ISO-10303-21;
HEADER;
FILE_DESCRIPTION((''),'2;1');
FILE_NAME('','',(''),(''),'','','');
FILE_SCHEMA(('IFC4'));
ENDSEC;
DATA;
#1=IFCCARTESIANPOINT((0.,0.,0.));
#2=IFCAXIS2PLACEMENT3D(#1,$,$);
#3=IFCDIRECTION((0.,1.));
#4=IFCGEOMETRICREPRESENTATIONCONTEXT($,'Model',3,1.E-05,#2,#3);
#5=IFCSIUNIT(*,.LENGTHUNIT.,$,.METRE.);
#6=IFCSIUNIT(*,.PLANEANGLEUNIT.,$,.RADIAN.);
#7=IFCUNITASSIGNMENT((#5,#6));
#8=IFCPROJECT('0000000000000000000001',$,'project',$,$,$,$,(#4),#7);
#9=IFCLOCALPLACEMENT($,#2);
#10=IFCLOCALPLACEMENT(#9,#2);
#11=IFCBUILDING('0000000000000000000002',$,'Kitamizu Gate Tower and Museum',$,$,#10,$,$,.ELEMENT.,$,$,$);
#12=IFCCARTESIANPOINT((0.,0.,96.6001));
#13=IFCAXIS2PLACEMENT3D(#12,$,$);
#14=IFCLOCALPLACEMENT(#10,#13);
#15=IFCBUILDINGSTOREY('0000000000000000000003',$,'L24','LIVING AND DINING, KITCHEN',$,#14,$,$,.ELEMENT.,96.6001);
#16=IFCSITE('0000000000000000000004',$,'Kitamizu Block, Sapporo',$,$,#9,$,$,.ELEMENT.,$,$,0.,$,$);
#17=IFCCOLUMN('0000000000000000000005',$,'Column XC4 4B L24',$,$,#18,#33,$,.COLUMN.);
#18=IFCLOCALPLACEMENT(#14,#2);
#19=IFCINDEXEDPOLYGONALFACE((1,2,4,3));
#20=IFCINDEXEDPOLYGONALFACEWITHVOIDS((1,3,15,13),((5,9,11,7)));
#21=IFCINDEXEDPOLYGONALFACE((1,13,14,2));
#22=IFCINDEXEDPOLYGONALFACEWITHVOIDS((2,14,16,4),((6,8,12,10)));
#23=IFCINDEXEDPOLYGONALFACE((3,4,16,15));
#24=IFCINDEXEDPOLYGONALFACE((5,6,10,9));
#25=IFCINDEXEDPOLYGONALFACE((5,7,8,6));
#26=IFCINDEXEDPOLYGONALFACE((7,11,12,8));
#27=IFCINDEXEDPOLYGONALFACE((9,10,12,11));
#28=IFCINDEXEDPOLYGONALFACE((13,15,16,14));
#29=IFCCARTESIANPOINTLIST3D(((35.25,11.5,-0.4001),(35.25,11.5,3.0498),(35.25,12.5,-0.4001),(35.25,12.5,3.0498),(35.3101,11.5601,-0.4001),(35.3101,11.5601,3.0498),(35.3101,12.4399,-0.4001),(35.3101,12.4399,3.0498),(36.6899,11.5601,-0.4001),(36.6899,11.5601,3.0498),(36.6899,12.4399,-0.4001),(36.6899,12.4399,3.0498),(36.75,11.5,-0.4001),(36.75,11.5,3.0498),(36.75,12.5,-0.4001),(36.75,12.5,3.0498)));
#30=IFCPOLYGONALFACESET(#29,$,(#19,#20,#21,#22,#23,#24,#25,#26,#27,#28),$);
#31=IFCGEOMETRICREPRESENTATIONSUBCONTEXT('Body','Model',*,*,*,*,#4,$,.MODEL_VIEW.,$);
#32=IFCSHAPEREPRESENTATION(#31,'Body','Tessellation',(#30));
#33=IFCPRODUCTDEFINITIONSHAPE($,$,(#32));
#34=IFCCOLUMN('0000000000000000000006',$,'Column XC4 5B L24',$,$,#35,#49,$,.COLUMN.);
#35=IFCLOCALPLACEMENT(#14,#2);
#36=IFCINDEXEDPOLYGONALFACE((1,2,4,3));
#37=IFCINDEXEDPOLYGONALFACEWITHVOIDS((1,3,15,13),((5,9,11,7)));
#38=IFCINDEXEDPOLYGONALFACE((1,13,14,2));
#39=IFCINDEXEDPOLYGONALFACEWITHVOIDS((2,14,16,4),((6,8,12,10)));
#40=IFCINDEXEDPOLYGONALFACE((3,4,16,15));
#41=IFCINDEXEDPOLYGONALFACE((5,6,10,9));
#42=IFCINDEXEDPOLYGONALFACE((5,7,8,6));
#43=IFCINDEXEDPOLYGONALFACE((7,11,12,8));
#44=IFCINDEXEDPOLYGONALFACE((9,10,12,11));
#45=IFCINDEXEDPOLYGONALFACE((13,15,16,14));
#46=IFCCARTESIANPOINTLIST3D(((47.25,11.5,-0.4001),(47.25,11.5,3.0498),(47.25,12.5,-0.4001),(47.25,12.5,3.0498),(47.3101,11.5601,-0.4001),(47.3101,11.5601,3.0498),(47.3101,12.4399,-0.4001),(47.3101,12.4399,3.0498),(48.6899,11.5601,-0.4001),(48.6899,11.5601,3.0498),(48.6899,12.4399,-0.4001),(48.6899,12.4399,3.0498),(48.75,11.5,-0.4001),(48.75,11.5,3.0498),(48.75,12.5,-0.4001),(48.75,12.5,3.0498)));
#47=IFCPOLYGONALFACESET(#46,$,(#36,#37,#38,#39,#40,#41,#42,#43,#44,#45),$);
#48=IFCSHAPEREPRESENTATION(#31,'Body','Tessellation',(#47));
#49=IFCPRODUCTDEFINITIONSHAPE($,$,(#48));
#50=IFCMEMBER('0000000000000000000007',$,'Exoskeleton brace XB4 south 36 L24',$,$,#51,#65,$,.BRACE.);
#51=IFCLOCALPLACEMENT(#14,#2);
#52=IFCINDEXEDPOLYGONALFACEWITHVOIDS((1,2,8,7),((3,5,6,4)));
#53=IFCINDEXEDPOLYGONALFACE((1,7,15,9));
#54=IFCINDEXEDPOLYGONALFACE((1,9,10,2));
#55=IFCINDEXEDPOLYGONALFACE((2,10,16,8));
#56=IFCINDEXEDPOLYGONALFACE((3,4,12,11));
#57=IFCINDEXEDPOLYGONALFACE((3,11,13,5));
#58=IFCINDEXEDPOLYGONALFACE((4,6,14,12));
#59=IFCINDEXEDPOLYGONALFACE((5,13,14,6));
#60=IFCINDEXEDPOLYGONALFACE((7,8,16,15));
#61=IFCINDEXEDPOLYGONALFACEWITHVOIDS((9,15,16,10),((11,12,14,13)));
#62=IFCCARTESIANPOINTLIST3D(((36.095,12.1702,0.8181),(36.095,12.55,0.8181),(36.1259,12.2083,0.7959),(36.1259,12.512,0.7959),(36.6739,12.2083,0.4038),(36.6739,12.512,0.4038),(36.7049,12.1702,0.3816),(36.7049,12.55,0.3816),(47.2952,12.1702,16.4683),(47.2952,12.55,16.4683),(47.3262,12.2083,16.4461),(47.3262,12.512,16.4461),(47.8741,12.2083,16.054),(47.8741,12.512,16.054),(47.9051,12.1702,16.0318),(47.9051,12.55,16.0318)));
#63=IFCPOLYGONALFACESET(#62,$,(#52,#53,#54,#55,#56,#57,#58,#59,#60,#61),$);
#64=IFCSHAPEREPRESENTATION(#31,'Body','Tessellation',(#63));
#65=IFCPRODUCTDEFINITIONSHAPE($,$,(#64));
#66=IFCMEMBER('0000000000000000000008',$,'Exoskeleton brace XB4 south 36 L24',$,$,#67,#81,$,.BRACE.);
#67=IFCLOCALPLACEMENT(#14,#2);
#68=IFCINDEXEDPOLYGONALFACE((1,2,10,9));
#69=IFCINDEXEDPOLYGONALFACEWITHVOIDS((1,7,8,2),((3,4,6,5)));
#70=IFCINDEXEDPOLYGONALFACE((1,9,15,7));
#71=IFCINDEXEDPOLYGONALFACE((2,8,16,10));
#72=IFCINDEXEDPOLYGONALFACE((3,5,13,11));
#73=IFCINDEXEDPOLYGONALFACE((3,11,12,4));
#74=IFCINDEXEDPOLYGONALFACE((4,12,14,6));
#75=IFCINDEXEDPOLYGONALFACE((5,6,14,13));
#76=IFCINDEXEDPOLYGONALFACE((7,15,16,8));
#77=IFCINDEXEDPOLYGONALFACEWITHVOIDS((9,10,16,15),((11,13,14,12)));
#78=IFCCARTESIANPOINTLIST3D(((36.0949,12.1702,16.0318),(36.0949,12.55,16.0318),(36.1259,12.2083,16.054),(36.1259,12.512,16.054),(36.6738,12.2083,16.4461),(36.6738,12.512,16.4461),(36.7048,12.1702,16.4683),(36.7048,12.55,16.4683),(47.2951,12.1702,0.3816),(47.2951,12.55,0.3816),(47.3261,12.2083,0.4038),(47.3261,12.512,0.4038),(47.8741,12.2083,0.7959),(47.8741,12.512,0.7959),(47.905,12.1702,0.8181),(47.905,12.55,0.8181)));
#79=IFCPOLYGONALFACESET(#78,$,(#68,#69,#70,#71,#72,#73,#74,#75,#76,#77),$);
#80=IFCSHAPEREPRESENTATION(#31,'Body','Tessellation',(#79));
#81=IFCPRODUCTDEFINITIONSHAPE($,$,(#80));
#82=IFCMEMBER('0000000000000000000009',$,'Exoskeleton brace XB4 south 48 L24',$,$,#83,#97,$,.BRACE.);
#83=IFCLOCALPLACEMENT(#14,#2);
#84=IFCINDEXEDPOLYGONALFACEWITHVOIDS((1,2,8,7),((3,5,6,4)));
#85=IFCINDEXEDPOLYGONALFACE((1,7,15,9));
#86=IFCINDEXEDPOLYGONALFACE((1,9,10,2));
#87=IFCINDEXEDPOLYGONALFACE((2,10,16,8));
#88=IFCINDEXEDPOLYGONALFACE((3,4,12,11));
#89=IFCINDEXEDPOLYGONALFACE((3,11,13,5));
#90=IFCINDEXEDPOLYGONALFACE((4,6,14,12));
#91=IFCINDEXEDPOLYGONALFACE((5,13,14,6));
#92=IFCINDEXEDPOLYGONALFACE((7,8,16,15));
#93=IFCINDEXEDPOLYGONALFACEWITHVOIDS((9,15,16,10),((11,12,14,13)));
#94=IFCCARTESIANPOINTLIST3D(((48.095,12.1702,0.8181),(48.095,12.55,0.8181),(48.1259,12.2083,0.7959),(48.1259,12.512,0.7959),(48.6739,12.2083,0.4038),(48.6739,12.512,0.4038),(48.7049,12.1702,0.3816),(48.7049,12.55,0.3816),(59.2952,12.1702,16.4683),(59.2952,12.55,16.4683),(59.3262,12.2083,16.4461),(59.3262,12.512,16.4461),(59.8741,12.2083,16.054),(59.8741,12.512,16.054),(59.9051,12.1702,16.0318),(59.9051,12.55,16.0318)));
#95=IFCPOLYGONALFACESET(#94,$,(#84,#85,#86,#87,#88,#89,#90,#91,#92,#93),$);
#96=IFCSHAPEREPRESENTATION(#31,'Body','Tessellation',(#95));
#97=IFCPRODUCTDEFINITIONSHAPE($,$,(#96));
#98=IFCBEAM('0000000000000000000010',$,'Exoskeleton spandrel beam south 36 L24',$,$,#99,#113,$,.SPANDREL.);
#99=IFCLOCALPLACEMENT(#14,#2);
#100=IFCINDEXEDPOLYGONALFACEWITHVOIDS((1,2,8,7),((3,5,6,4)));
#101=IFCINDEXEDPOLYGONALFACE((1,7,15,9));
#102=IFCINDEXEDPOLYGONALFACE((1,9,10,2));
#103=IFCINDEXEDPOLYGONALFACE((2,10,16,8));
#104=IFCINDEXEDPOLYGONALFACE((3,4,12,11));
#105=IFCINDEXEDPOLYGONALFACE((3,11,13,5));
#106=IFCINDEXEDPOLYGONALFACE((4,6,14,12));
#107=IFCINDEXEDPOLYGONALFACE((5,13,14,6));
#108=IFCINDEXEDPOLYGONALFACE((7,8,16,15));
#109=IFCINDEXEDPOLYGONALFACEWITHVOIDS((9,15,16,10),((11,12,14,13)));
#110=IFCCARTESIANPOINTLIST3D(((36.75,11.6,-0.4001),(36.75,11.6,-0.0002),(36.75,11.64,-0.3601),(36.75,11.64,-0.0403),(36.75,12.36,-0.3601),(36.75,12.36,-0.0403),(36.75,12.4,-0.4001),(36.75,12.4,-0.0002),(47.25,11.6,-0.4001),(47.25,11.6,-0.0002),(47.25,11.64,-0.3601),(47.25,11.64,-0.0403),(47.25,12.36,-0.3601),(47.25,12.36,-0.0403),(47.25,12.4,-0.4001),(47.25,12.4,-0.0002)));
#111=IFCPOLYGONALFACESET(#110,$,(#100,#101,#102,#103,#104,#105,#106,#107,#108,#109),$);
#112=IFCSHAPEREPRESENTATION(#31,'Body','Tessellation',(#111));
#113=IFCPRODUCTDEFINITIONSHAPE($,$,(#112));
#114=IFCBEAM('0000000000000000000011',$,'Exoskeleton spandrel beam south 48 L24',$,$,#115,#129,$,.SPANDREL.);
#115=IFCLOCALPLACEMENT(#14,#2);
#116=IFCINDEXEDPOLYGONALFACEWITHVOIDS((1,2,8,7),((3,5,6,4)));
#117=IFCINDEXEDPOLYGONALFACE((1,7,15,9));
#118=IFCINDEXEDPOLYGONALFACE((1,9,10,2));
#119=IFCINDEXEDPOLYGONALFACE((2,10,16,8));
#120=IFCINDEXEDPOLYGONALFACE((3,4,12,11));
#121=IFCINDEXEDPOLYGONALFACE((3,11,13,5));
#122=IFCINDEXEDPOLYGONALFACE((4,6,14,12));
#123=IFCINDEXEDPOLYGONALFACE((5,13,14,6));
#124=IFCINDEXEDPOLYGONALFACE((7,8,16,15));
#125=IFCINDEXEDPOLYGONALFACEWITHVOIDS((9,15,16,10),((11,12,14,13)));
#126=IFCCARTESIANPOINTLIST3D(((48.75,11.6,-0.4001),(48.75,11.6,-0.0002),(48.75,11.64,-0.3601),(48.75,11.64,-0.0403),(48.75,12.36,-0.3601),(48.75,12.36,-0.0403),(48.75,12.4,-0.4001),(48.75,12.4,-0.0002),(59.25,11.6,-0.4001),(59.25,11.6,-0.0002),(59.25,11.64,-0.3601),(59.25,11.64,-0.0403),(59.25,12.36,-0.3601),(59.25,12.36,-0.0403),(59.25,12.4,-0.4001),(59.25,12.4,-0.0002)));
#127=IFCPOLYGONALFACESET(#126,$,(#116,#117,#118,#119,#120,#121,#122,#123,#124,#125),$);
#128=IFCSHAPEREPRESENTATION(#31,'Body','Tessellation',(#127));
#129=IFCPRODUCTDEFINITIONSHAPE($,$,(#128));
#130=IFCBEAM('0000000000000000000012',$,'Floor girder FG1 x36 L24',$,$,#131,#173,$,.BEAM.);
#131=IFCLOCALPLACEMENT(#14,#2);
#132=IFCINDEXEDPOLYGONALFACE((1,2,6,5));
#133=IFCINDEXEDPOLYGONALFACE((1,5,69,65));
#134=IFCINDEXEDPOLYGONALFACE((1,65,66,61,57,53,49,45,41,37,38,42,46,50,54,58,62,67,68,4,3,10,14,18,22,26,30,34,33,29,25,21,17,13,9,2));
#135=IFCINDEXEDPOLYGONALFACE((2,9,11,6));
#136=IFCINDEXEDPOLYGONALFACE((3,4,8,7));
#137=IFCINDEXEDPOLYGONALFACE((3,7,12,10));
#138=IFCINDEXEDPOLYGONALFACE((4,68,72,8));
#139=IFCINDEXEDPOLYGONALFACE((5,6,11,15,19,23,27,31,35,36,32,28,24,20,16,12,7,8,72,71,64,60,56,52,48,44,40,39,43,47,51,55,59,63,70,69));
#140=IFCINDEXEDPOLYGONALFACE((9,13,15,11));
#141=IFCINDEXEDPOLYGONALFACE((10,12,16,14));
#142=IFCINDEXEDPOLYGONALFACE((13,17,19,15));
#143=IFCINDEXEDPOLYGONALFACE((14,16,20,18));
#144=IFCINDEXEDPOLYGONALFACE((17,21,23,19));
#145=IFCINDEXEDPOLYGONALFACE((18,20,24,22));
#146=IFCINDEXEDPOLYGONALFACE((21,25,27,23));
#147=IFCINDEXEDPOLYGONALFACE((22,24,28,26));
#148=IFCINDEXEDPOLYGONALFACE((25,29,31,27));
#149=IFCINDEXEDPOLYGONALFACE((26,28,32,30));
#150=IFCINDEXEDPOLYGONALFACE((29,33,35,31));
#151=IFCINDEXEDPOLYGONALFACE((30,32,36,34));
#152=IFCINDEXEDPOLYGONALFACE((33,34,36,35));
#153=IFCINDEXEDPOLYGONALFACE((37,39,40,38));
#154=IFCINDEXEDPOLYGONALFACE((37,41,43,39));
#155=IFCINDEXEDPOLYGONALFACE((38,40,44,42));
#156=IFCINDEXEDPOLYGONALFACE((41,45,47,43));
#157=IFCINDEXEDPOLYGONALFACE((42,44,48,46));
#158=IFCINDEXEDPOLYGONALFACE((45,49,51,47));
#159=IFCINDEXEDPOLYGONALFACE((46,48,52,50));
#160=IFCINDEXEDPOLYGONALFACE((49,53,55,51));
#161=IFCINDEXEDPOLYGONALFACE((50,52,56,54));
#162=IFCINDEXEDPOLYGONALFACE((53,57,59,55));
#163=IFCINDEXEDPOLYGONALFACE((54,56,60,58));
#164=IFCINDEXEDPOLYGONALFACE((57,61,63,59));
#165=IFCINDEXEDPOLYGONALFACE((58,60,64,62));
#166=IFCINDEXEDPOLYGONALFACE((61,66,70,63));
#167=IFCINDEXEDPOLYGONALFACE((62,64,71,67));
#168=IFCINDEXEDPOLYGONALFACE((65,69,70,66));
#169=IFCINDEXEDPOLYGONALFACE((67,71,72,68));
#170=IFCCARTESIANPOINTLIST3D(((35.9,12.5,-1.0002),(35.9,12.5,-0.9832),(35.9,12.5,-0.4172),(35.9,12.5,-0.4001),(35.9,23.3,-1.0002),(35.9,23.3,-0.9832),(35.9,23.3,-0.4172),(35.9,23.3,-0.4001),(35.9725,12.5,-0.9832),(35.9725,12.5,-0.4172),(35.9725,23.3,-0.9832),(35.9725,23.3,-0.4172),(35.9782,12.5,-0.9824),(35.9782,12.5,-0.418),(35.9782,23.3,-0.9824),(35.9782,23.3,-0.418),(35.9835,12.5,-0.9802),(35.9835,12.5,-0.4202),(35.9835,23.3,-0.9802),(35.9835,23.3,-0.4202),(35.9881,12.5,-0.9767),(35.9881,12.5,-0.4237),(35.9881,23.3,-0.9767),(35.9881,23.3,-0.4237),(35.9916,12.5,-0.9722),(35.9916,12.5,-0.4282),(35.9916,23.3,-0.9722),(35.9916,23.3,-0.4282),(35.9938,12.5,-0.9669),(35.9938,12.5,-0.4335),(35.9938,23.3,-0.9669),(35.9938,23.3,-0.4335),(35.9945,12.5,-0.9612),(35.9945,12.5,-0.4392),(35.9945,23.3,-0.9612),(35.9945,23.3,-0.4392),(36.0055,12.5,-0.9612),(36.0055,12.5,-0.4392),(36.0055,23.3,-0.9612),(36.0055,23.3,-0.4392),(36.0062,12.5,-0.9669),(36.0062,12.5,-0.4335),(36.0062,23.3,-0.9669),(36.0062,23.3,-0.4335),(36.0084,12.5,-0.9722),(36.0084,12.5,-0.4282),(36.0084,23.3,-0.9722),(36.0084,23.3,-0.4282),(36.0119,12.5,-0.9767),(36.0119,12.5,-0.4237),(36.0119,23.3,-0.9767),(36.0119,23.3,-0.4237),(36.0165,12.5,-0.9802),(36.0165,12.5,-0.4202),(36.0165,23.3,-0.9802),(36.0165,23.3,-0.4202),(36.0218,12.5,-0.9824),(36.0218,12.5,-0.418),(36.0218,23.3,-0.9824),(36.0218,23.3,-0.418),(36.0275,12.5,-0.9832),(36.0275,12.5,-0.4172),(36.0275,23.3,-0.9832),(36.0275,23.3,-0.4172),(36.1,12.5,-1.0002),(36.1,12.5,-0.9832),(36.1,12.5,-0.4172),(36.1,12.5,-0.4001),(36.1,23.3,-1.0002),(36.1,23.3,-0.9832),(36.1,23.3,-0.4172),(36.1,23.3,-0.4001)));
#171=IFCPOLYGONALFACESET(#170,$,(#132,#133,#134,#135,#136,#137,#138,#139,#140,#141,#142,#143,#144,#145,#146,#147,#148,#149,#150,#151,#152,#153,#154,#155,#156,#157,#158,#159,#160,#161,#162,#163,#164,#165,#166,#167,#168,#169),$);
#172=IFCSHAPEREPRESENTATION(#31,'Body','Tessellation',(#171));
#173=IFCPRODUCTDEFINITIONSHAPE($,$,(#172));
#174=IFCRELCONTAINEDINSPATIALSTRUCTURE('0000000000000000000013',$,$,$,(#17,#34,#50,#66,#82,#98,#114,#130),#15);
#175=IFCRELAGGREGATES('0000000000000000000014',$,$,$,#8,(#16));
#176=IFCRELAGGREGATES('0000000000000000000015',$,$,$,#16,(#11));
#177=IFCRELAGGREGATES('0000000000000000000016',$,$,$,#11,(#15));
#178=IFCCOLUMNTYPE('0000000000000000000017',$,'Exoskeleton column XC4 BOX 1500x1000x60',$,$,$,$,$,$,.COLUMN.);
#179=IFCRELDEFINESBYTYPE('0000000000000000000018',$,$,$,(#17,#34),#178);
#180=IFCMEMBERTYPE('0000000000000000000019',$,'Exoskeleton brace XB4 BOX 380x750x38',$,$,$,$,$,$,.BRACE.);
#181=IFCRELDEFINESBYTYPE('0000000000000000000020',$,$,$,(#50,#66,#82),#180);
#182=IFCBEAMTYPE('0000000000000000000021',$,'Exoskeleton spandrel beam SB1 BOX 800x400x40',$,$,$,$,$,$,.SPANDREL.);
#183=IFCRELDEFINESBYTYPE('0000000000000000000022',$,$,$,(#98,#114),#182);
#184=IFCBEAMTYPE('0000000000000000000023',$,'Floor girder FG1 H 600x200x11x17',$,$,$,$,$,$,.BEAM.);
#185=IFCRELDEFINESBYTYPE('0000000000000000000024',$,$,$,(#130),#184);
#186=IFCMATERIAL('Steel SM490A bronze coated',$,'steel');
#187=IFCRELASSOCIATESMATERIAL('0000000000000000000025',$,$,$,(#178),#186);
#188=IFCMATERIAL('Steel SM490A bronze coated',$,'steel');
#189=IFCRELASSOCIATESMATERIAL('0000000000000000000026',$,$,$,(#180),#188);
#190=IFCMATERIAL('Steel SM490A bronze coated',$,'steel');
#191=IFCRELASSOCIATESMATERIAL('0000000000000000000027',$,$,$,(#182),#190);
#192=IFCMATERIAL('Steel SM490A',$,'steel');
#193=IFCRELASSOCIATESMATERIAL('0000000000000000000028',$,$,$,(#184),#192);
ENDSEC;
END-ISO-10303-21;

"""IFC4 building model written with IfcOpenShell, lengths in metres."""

from ifc_helpers import new_model, si_unit, direction, frame, origin, origin_2d, place, context, subcontext, project, spatial, hollow_rectangle, i_section, extrude, material, material_profile, profile_set, type_object, element, save


model = new_model("IFC4")

# Units and contexts
model_context = context("Model", 3, precision=1e-05, world=origin(), true_north=direction((0.0, 1.0)))
body_context = subcontext(model_context, "Body", "Model", "MODEL_VIEW")
ifc_project = project(units=[si_unit("LENGTHUNIT", "METRE"), si_unit("PLANEANGLEUNIT", "RADIAN")], contexts=[model_context])

# Site, building, storey
site_placement = place(None, origin())
site = spatial("IfcSite", under=ifc_project, at=site_placement, Name="Kitamizu Block, Sapporo", CompositionType="ELEMENT", RefElevation=0.0)
building_placement = place(site_placement, origin())
building = spatial("IfcBuilding", under=site, at=building_placement, Name="Kitamizu Gate Tower and Museum", CompositionType="ELEMENT")
storey_placement = place(building_placement, frame((0.0, 0.0, 96.6001)))
storey = spatial("IfcBuildingStorey", under=building, at=storey_placement, Name="L24", Description="LIVING AND DINING, KITCHEN", CompositionType="ELEMENT", Elevation=96.6001)

# Columns
ifc_material_1 = material(Name="Steel SM490A bronze coated", Category="steel")
ifc_material_profile_1 = material_profile(ifc_material_1, hollow_rectangle(XDim=1.5, YDim=1.0, WallThickness=0.0601, at=origin_2d()), Name="BOX 1500x1000x60")
ifc_profile_set_1 = profile_set([ifc_material_profile_1], Name="Steel SM490A bronze coated")
column_type = type_object("IfcColumnType", Name="Exoskeleton column XC4 BOX 1500x1000x60", PredefinedType="COLUMN", material=ifc_profile_set_1)
for number, where, z_axis, x_axis, name in (
    (1, (36.0, 12.0, -0.4001), (0.0, 0.0, 1.0), (1.0, 0.0, 0.0), "Column XC4 4B L24"),
    (2, (48.0, 12.0, -0.4001), (0.0, 0.0, 1.0), (1.0, 0.0, 0.0), "Column XC4 5B L24"),
):
    element("IfcColumn", number, at=place(storey_placement, frame(where, z_axis=z_axis, x_axis=x_axis)), inside=storey, type_object=column_type, Name=name, PredefinedType="COLUMN", context=body_context, shape_type="SweptSolid", body=[
        extrude(hollow_rectangle(XDim=1.5, YDim=1.0, WallThickness=0.0601, at=origin_2d()), origin(), (0.0, 0.0, 1.0), 3.45),
    ])

# Members
ifc_material_2 = material(Name="Steel SM490A bronze coated", Category="steel")
ifc_material_profile_2 = material_profile(ifc_material_2, hollow_rectangle(XDim=0.3799, YDim=0.75, WallThickness=0.0381, at=origin_2d()), Name="BOX 380x750x38")
ifc_profile_set_2 = profile_set([ifc_material_profile_2], Name="Steel SM490A bronze coated")
member_type = type_object("IfcMemberType", Name="Exoskeleton brace XB4 BOX 380x750x38", PredefinedType="BRACE", material=ifc_profile_set_2)
for number, where, z_axis, x_axis, name in (
    (3, (36.3999, 12.3601, 0.5999), (0.581978, 0.0, 0.813204), (0.0, 1.0, 0.0), "Exoskeleton brace XB4 south 36 L24"),
    (4, (47.6001, 12.3601, 0.5999), (-0.581978, 0.0, 0.813204), (0.0, -1.0, 0.0), "Exoskeleton brace XB4 south 36 L24"),
    (5, (48.3999, 12.3601, 0.5999), (0.581978, 0.0, 0.813204), (0.0, 1.0, 0.0), "Exoskeleton brace XB4 south 48 L24"),
):
    element("IfcMember", number, at=place(storey_placement, frame(where, z_axis=z_axis, x_axis=x_axis)), inside=storey, type_object=member_type, Name=name, PredefinedType="BRACE", context=body_context, shape_type="SweptSolid", body=[
        extrude(hollow_rectangle(XDim=0.3799, YDim=0.75, WallThickness=0.0381, at=origin_2d()), origin(), (0.0, 0.0, 1.0), 19.2451),
    ])

# Beams
ifc_material_3 = material(Name="Steel SM490A bronze coated", Category="steel")
ifc_material_profile_3 = material_profile(ifc_material_3, hollow_rectangle(XDim=0.8, YDim=0.3999, WallThickness=0.04, at=origin_2d()), Name="BOX 800x400x40")
ifc_profile_set_3 = profile_set([ifc_material_profile_3], Name="Steel SM490A bronze coated")
beam_type_1 = type_object("IfcBeamType", Name="Exoskeleton spandrel beam SB1 BOX 800x400x40", PredefinedType="SPANDREL", material=ifc_profile_set_3)
for number, where, z_axis, x_axis, name in (
    (6, (36.75, 12.0, -0.2002), (1.0, 0.0, 0.0), (0.0, 1.0, 0.0), "Exoskeleton spandrel beam south 36 L24"),
    (7, (48.75, 12.0, -0.2002), (1.0, 0.0, 0.0), (0.0, 1.0, 0.0), "Exoskeleton spandrel beam south 48 L24"),
):
    element("IfcBeam", number, at=place(storey_placement, frame(where, z_axis=z_axis, x_axis=x_axis)), inside=storey, type_object=beam_type_1, Name=name, PredefinedType="SPANDREL", context=body_context, shape_type="SweptSolid", body=[
        extrude(hollow_rectangle(XDim=0.8, YDim=0.3999, WallThickness=0.04, at=origin_2d()), origin(), (0.0, 0.0, 1.0), 10.5),
    ])
ifc_material_4 = material(Name="Steel SM490A", Category="steel")
ifc_material_profile_4 = material_profile(ifc_material_4, i_section(OverallWidth=0.2, OverallDepth=0.6001, WebThickness=0.011, FlangeThickness=0.0171, FilletRadius=0.022, at=origin_2d()), Name="H-600x200x11x17")
ifc_profile_set_4 = profile_set([ifc_material_profile_4], Name="Steel SM490A")
beam_type_2 = type_object("IfcBeamType", Name="Floor girder FG1 H 600x200x11x17", PredefinedType="BEAM", material=ifc_profile_set_4)
beam_placement = place(storey_placement, frame((36.0, 12.5, -0.7002), z_axis=(0.0, 1.0, 0.0), x_axis=(-1.0, 0.0, 0.0)))
element("IfcBeam", 8, at=beam_placement, inside=storey, type_object=beam_type_2, Name="Floor girder FG1 x36 L24", PredefinedType="BEAM", context=body_context, shape_type="SweptSolid", body=[
    extrude(i_section(OverallWidth=0.2, OverallDepth=0.6001, WebThickness=0.011, FlangeThickness=0.0171, FilletRadius=0.022, at=origin_2d()), origin(), (0.0, 0.0, 1.0), 10.8),
])

save(model, "model.ifc")
